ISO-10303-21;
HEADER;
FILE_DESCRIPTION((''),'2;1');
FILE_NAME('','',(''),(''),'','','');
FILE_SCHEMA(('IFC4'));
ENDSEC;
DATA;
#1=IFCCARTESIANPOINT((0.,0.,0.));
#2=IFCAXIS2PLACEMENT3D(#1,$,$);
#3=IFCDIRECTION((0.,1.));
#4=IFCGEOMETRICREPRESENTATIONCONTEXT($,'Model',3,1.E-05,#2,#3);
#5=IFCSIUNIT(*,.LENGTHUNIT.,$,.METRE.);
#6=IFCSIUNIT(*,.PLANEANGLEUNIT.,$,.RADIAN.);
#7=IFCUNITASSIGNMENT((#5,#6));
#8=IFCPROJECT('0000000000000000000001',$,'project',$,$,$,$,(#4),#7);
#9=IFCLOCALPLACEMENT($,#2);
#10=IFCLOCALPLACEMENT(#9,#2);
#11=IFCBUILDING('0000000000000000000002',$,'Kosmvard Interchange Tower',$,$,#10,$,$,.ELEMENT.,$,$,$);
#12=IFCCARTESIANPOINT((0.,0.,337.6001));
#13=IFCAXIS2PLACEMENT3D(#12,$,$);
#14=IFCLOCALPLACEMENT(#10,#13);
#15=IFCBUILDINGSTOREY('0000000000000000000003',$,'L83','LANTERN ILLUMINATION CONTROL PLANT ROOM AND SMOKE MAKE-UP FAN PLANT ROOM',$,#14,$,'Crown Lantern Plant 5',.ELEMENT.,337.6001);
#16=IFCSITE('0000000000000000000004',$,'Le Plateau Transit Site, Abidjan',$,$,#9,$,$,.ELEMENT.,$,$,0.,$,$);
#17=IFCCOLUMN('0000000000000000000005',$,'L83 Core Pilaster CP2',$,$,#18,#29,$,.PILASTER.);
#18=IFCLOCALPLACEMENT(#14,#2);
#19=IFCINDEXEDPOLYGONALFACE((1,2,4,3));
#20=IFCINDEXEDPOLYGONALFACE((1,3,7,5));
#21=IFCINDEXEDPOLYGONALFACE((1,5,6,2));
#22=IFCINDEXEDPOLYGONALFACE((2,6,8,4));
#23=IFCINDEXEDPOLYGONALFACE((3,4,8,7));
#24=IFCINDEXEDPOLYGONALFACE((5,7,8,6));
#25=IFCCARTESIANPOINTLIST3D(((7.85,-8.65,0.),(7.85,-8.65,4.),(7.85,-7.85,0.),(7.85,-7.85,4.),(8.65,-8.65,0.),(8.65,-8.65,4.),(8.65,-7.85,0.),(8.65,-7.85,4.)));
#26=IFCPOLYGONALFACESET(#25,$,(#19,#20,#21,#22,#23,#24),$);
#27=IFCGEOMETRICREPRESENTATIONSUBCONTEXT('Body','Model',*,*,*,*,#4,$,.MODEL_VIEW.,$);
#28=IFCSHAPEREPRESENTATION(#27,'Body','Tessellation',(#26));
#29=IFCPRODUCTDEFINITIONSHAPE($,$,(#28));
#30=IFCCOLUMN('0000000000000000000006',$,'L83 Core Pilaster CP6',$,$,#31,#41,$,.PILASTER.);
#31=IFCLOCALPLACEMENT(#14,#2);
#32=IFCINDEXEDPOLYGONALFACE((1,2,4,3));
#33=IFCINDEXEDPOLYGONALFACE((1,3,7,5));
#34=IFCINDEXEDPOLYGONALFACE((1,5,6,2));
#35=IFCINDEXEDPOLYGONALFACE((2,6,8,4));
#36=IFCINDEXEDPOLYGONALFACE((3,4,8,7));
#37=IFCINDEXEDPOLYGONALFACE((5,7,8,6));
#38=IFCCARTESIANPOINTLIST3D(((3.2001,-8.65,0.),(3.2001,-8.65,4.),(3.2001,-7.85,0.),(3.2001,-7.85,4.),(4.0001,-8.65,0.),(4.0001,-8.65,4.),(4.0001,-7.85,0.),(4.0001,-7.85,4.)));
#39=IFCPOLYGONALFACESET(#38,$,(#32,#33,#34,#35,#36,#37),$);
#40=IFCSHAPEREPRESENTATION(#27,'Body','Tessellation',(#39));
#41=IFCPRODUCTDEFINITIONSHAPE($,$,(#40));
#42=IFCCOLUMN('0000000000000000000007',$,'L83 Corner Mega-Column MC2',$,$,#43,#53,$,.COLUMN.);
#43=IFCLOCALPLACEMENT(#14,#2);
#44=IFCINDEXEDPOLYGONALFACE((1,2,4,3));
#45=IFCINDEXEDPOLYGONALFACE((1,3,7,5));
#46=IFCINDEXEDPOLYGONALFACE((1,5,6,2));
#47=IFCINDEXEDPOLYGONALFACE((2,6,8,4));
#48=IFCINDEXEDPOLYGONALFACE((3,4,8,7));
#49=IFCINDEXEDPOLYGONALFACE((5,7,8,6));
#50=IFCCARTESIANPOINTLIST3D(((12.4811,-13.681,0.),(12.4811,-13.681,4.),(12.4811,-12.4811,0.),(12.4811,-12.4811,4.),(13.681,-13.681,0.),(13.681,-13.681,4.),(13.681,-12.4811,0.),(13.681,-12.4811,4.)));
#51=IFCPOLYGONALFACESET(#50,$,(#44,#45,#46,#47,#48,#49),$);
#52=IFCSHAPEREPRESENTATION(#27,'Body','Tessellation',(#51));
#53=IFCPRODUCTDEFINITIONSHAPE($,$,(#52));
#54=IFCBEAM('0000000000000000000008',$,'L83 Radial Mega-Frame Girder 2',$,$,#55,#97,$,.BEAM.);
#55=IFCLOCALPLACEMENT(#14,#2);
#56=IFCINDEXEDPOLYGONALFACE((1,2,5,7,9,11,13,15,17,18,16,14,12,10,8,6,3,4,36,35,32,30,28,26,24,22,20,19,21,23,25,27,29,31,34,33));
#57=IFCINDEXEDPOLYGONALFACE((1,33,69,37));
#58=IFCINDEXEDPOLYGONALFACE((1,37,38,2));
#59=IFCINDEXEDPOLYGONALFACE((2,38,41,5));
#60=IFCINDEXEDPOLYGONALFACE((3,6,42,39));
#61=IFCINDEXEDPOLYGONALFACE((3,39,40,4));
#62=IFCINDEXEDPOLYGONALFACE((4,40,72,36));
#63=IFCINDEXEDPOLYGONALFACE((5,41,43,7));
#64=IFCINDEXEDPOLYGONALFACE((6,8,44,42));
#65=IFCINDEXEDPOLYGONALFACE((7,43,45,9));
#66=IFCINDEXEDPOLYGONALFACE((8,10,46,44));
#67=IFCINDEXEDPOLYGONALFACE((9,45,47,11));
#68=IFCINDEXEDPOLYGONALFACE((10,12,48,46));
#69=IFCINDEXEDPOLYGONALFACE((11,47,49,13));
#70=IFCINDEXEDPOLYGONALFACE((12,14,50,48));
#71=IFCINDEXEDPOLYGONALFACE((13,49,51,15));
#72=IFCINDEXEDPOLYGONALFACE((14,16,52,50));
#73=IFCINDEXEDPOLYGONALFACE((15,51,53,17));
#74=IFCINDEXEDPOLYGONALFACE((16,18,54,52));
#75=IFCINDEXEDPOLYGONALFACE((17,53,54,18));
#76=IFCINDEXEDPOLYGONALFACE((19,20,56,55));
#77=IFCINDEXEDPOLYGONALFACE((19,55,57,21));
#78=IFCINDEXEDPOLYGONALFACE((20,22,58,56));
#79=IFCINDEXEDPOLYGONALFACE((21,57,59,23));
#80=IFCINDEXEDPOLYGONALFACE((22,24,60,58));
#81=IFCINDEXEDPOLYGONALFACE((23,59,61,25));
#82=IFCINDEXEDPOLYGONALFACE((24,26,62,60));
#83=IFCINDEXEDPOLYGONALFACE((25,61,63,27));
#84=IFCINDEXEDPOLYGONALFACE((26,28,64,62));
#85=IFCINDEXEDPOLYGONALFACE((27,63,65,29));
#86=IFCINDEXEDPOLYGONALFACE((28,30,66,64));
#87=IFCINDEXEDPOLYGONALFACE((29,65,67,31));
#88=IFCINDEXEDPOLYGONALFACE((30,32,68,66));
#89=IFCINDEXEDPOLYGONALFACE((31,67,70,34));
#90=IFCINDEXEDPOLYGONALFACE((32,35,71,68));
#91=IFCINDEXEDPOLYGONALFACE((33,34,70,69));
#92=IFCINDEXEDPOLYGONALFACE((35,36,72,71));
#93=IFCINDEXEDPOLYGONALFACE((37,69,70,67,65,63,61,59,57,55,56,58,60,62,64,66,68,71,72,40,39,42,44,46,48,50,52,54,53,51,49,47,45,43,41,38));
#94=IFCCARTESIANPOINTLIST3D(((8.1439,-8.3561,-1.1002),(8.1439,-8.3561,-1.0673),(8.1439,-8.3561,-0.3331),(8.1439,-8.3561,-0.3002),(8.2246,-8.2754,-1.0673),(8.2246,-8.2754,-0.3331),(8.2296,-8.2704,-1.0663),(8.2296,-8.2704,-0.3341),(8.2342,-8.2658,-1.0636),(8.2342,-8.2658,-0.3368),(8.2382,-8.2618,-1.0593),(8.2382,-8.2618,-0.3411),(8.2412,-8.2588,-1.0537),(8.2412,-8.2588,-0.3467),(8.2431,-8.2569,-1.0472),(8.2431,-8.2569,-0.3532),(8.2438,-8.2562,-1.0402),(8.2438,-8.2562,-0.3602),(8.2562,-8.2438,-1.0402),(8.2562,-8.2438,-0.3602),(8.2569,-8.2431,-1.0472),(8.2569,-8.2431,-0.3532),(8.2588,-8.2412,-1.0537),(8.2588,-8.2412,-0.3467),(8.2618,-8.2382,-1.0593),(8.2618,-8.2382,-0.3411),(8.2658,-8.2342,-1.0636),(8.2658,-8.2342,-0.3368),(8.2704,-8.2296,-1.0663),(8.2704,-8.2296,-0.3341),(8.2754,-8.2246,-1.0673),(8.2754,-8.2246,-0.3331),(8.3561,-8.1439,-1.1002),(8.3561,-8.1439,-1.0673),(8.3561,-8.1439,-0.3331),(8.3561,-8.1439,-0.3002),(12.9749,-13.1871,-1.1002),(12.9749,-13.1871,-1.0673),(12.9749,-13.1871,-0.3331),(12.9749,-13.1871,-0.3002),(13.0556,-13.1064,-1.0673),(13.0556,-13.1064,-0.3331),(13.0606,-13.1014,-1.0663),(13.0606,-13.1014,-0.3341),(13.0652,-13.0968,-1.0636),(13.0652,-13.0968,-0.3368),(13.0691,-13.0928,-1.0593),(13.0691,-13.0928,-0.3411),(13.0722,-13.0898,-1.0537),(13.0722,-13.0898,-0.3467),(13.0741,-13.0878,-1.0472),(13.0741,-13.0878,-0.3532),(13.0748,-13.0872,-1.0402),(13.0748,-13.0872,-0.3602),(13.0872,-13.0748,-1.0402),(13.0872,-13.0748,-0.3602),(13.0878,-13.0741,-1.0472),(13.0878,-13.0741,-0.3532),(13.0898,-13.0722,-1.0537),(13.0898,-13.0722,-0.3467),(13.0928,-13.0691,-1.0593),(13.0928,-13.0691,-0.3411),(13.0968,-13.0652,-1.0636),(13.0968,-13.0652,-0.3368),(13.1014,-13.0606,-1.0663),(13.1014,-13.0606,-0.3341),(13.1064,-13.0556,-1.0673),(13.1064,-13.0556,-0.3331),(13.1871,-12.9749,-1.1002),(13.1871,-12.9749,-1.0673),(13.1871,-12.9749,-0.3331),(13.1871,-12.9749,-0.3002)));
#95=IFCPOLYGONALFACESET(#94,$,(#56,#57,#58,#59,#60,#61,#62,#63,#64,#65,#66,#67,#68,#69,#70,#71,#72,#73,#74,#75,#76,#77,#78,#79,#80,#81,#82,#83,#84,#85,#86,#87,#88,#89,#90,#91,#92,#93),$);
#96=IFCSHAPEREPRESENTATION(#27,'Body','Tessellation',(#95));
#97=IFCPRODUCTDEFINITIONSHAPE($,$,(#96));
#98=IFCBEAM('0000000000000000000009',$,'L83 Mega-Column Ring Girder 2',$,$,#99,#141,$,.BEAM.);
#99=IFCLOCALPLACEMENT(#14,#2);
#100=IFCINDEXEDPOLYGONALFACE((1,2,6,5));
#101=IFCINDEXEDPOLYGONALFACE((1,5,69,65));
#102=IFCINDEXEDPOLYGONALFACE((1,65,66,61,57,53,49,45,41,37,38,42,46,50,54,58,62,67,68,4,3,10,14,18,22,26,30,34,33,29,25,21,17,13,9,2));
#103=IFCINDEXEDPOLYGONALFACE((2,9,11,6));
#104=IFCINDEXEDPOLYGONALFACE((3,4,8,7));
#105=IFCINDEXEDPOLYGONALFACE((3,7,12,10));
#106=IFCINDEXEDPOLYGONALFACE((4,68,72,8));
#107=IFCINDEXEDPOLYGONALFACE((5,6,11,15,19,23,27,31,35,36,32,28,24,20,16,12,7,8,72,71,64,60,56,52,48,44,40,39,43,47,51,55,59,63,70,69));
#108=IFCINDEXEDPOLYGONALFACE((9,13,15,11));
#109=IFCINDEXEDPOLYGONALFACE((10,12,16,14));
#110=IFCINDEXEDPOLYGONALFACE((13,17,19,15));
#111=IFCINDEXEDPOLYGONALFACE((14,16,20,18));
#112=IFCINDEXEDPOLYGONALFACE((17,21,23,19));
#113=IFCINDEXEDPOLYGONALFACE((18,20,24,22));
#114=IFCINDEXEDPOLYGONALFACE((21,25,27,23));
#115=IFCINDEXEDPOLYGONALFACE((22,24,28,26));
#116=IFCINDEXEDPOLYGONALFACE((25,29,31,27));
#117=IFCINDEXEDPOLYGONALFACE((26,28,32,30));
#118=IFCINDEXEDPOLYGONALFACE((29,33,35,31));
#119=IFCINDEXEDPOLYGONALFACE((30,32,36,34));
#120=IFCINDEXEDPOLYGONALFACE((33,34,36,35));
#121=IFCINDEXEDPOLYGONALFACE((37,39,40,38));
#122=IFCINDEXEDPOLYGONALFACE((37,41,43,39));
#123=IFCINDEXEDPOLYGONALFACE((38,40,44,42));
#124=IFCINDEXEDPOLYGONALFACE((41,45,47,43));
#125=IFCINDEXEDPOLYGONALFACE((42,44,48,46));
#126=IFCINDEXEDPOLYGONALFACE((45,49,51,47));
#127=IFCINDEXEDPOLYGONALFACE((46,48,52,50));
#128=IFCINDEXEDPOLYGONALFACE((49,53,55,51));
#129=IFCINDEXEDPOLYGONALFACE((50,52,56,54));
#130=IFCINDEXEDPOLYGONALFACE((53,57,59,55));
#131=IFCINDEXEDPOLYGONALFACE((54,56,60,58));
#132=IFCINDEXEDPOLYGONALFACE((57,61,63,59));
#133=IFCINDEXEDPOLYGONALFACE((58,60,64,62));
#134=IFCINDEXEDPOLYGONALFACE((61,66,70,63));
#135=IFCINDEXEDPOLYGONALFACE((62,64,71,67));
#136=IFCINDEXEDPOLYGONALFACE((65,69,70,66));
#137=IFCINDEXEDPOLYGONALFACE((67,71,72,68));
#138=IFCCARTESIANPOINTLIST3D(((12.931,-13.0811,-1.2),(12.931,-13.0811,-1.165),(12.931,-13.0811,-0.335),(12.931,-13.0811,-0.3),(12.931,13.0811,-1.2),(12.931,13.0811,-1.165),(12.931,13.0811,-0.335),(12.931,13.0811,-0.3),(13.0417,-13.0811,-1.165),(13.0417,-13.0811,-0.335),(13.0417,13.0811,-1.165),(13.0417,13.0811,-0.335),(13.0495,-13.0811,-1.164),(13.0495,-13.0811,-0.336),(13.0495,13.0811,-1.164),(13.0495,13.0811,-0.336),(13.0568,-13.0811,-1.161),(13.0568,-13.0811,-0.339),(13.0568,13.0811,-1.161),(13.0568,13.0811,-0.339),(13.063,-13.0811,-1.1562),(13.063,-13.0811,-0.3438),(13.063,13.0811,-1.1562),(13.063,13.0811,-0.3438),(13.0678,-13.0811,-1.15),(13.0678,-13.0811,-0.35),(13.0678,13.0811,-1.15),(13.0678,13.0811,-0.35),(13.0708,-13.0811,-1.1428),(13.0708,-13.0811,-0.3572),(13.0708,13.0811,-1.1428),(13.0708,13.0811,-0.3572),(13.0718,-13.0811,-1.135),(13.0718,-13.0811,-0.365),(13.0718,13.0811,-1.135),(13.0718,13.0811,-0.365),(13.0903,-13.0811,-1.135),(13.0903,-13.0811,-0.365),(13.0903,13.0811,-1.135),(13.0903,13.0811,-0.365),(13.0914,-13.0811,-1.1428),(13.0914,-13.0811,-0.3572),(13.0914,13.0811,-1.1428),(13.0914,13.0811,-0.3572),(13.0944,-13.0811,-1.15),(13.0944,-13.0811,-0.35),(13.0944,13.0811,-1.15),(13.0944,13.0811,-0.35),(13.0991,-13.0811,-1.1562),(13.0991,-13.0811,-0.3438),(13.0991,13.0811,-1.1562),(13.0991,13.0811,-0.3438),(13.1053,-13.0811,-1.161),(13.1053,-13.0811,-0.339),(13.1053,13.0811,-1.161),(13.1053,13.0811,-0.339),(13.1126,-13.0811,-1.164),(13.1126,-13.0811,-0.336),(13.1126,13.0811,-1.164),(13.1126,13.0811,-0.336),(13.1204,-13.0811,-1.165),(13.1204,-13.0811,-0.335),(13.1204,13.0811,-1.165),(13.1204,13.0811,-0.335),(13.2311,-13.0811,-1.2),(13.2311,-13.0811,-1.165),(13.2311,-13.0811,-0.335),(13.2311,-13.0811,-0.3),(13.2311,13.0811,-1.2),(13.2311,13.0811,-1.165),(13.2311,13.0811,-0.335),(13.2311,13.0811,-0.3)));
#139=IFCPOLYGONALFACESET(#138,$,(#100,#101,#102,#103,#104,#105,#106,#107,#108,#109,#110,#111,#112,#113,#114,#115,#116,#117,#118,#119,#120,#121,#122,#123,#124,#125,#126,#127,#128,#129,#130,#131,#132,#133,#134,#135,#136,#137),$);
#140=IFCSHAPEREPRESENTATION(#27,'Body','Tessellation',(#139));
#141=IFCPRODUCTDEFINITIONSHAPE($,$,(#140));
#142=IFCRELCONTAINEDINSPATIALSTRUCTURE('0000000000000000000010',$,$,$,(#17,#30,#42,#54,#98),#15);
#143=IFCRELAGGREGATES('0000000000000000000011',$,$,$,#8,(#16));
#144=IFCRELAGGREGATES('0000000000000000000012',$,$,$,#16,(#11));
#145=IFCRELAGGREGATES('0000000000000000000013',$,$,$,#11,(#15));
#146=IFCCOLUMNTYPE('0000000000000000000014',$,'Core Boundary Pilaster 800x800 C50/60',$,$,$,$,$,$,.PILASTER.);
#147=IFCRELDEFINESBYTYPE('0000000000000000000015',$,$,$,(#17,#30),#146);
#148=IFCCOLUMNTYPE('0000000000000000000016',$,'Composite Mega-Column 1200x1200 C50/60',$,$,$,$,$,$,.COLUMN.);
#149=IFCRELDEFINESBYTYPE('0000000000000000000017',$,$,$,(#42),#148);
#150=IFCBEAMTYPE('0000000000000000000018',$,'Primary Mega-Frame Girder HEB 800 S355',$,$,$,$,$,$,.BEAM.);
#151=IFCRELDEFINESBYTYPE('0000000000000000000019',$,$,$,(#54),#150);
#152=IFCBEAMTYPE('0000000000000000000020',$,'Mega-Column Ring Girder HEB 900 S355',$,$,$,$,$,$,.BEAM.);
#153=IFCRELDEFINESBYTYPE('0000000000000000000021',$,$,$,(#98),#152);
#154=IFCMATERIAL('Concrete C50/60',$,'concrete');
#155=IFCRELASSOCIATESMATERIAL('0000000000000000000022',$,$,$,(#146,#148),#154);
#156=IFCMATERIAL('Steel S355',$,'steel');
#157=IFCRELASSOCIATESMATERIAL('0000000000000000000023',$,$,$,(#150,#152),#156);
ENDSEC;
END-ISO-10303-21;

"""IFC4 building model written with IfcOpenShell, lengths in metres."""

from ifc_helpers import new_model, si_unit, direction, frame, origin, origin_2d, place, context, subcontext, project, spatial, rectangle, i_section, extrude, source, transform, mapped, material, material_profile, profile_set, type_object, element, save


model = new_model("IFC4")

# Units and contexts
model_context = context("Model", 3, precision=1e-05, world=origin(), true_north=direction((0.0, 1.0)))
body_context = subcontext(model_context, "Body", "Model", "MODEL_VIEW")
ifc_project = project(units=[si_unit("LENGTHUNIT", "METRE"), si_unit("PLANEANGLEUNIT", "RADIAN")], contexts=[model_context])

# Site, building, storey
site_placement = place(None, origin())
site = spatial("IfcSite", under=ifc_project, at=site_placement, Name="Le Plateau Transit Site, Abidjan", CompositionType="ELEMENT", RefElevation=0.0)
building_placement = place(site_placement, origin())
building = spatial("IfcBuilding", under=site, at=building_placement, Name="Kosmvard Interchange Tower", CompositionType="ELEMENT")
storey_placement = place(building_placement, frame((0.0, 0.0, 337.6001)))
storey = spatial("IfcBuildingStorey", under=building, at=storey_placement, Name="L83", Description="LANTERN ILLUMINATION CONTROL PLANT ROOM AND SMOKE MAKE-UP FAN PLANT ROOM", LongName="Crown Lantern Plant 5", CompositionType="ELEMENT", Elevation=337.6001)

# Columns
ifc_material_1 = material(Name="Concrete C50/60", Category="concrete")
ifc_material_profile_1 = material_profile(ifc_material_1, rectangle(XDim=0.8, YDim=0.8, at=origin_2d()), Name="CP 800x800")
ifc_profile_set_1 = profile_set([ifc_material_profile_1], Name="Concrete C50/60")
column_type_1 = type_object("IfcColumnType", Name="Core Boundary Pilaster 800x800 C50/60", PredefinedType="PILASTER", material=ifc_profile_set_1)
shared_shape_1 = source(origin(), body_context, "Body", "SweptSolid", [
    extrude(rectangle(XDim=0.8, YDim=0.8, at=origin_2d()), origin(), (0.0, 0.0, 1.0), 4.0),
])
for number, where, z_axis, x_axis, name in (
    (1, (8.25, -8.25, 0.0), (0.0, 0.0, 1.0), (1.0, 0.0, 0.0), "L83 Core Pilaster CP2"),
    (2, (3.6001, -8.25, 0.0), (0.0, 0.0, 1.0), (1.0, 0.0, 0.0), "L83 Core Pilaster CP6"),
):
    element("IfcColumn", number, at=place(storey_placement, frame(where, z_axis=z_axis, x_axis=x_axis)), inside=storey, type_object=column_type_1, Name=name, PredefinedType="PILASTER", context=body_context, shape_type="MappedRepresentation", body=[
        mapped(shared_shape_1, transform((0.0, 0.0, 0.0), scale=1.0)),
    ])
ifc_material_profile_2 = material_profile(ifc_material_1, rectangle(XDim=1.2, YDim=1.2, at=origin_2d()), Name="MC 1200x1200")
ifc_profile_set_2 = profile_set([ifc_material_profile_2], Name="Concrete C50/60")
column_type_2 = type_object("IfcColumnType", Name="Composite Mega-Column 1200x1200 C50/60", PredefinedType="COLUMN", material=ifc_profile_set_2)
shared_shape_2 = source(origin(), body_context, "Body", "SweptSolid", [
    extrude(rectangle(XDim=1.2, YDim=1.2, at=origin_2d()), origin(), (0.0, 0.0, 1.0), 4.0),
])
column_placement = place(storey_placement, frame((13.0811, -13.0811, 0.0), z_axis=(0.0, 0.0, 1.0), x_axis=(1.0, 0.0, 0.0)))
element("IfcColumn", 3, at=column_placement, inside=storey, type_object=column_type_2, Name="L83 Corner Mega-Column MC2", PredefinedType="COLUMN", context=body_context, shape_type="MappedRepresentation", body=[
    mapped(shared_shape_2, transform((0.0, 0.0, 0.0), scale=1.0)),
])

# Beams
ifc_material_2 = material(Name="Steel S355", Category="steel")
ifc_material_profile_3 = material_profile(ifc_material_2, i_section(OverallWidth=0.3, OverallDepth=0.8, WebThickness=0.0176, FlangeThickness=0.033, FilletRadius=0.0271, at=origin_2d()), Name="HEB 800")
ifc_profile_set_3 = profile_set([ifc_material_profile_3], Name="Steel S355")
beam_type_1 = type_object("IfcBeamType", Name="Primary Mega-Frame Girder HEB 800 S355", PredefinedType="BEAM", material=ifc_profile_set_3)
shared_shape_3 = source(origin(), body_context, "Body", "SweptSolid", [
    extrude(i_section(OverallWidth=0.3, OverallDepth=0.8, WebThickness=0.0176, FlangeThickness=0.033, FilletRadius=0.0271, at=origin_2d()), origin(), (0.0, 0.0, 1.0), 6.832),
])
beam_1_placement = place(storey_placement, frame((8.25, -8.25, -0.7002), z_axis=(0.707107, -0.707107, 0.0), x_axis=(0.707107, 0.707107, 0.0)))
element("IfcBeam", 4, at=beam_1_placement, inside=storey, type_object=beam_type_1, Name="L83 Radial Mega-Frame Girder 2", PredefinedType="BEAM", context=body_context, shape_type="MappedRepresentation", body=[
    mapped(shared_shape_3, transform((0.0, 0.0, 0.0), scale=1.0)),
])
ifc_material_profile_4 = material_profile(ifc_material_2, i_section(OverallWidth=0.3, OverallDepth=0.8999, WebThickness=0.0186, FlangeThickness=0.0349, FilletRadius=0.03, at=origin_2d()), Name="HEB 900")
ifc_profile_set_4 = profile_set([ifc_material_profile_4], Name="Steel S355")
beam_type_2 = type_object("IfcBeamType", Name="Mega-Column Ring Girder HEB 900 S355", PredefinedType="BEAM", material=ifc_profile_set_4)
shared_shape_4 = source(origin(), body_context, "Body", "SweptSolid", [
    extrude(i_section(OverallWidth=0.3, OverallDepth=0.8999, WebThickness=0.0186, FlangeThickness=0.0349, FilletRadius=0.03, at=origin_2d()), origin(), (0.0, 0.0, 1.0), 26.1621),
])
beam_2_placement = place(storey_placement, frame((13.0811, -13.0811, -0.75), z_axis=(0.0, 1.0, 0.0), x_axis=(-1.0, 0.0, 0.0)))
element("IfcBeam", 5, at=beam_2_placement, inside=storey, type_object=beam_type_2, Name="L83 Mega-Column Ring Girder 2", PredefinedType="BEAM", context=body_context, shape_type="MappedRepresentation", body=[
    mapped(shared_shape_4, transform((0.0, 0.0, 0.0), scale=1.0)),
])

save(model, "model.ifc")
